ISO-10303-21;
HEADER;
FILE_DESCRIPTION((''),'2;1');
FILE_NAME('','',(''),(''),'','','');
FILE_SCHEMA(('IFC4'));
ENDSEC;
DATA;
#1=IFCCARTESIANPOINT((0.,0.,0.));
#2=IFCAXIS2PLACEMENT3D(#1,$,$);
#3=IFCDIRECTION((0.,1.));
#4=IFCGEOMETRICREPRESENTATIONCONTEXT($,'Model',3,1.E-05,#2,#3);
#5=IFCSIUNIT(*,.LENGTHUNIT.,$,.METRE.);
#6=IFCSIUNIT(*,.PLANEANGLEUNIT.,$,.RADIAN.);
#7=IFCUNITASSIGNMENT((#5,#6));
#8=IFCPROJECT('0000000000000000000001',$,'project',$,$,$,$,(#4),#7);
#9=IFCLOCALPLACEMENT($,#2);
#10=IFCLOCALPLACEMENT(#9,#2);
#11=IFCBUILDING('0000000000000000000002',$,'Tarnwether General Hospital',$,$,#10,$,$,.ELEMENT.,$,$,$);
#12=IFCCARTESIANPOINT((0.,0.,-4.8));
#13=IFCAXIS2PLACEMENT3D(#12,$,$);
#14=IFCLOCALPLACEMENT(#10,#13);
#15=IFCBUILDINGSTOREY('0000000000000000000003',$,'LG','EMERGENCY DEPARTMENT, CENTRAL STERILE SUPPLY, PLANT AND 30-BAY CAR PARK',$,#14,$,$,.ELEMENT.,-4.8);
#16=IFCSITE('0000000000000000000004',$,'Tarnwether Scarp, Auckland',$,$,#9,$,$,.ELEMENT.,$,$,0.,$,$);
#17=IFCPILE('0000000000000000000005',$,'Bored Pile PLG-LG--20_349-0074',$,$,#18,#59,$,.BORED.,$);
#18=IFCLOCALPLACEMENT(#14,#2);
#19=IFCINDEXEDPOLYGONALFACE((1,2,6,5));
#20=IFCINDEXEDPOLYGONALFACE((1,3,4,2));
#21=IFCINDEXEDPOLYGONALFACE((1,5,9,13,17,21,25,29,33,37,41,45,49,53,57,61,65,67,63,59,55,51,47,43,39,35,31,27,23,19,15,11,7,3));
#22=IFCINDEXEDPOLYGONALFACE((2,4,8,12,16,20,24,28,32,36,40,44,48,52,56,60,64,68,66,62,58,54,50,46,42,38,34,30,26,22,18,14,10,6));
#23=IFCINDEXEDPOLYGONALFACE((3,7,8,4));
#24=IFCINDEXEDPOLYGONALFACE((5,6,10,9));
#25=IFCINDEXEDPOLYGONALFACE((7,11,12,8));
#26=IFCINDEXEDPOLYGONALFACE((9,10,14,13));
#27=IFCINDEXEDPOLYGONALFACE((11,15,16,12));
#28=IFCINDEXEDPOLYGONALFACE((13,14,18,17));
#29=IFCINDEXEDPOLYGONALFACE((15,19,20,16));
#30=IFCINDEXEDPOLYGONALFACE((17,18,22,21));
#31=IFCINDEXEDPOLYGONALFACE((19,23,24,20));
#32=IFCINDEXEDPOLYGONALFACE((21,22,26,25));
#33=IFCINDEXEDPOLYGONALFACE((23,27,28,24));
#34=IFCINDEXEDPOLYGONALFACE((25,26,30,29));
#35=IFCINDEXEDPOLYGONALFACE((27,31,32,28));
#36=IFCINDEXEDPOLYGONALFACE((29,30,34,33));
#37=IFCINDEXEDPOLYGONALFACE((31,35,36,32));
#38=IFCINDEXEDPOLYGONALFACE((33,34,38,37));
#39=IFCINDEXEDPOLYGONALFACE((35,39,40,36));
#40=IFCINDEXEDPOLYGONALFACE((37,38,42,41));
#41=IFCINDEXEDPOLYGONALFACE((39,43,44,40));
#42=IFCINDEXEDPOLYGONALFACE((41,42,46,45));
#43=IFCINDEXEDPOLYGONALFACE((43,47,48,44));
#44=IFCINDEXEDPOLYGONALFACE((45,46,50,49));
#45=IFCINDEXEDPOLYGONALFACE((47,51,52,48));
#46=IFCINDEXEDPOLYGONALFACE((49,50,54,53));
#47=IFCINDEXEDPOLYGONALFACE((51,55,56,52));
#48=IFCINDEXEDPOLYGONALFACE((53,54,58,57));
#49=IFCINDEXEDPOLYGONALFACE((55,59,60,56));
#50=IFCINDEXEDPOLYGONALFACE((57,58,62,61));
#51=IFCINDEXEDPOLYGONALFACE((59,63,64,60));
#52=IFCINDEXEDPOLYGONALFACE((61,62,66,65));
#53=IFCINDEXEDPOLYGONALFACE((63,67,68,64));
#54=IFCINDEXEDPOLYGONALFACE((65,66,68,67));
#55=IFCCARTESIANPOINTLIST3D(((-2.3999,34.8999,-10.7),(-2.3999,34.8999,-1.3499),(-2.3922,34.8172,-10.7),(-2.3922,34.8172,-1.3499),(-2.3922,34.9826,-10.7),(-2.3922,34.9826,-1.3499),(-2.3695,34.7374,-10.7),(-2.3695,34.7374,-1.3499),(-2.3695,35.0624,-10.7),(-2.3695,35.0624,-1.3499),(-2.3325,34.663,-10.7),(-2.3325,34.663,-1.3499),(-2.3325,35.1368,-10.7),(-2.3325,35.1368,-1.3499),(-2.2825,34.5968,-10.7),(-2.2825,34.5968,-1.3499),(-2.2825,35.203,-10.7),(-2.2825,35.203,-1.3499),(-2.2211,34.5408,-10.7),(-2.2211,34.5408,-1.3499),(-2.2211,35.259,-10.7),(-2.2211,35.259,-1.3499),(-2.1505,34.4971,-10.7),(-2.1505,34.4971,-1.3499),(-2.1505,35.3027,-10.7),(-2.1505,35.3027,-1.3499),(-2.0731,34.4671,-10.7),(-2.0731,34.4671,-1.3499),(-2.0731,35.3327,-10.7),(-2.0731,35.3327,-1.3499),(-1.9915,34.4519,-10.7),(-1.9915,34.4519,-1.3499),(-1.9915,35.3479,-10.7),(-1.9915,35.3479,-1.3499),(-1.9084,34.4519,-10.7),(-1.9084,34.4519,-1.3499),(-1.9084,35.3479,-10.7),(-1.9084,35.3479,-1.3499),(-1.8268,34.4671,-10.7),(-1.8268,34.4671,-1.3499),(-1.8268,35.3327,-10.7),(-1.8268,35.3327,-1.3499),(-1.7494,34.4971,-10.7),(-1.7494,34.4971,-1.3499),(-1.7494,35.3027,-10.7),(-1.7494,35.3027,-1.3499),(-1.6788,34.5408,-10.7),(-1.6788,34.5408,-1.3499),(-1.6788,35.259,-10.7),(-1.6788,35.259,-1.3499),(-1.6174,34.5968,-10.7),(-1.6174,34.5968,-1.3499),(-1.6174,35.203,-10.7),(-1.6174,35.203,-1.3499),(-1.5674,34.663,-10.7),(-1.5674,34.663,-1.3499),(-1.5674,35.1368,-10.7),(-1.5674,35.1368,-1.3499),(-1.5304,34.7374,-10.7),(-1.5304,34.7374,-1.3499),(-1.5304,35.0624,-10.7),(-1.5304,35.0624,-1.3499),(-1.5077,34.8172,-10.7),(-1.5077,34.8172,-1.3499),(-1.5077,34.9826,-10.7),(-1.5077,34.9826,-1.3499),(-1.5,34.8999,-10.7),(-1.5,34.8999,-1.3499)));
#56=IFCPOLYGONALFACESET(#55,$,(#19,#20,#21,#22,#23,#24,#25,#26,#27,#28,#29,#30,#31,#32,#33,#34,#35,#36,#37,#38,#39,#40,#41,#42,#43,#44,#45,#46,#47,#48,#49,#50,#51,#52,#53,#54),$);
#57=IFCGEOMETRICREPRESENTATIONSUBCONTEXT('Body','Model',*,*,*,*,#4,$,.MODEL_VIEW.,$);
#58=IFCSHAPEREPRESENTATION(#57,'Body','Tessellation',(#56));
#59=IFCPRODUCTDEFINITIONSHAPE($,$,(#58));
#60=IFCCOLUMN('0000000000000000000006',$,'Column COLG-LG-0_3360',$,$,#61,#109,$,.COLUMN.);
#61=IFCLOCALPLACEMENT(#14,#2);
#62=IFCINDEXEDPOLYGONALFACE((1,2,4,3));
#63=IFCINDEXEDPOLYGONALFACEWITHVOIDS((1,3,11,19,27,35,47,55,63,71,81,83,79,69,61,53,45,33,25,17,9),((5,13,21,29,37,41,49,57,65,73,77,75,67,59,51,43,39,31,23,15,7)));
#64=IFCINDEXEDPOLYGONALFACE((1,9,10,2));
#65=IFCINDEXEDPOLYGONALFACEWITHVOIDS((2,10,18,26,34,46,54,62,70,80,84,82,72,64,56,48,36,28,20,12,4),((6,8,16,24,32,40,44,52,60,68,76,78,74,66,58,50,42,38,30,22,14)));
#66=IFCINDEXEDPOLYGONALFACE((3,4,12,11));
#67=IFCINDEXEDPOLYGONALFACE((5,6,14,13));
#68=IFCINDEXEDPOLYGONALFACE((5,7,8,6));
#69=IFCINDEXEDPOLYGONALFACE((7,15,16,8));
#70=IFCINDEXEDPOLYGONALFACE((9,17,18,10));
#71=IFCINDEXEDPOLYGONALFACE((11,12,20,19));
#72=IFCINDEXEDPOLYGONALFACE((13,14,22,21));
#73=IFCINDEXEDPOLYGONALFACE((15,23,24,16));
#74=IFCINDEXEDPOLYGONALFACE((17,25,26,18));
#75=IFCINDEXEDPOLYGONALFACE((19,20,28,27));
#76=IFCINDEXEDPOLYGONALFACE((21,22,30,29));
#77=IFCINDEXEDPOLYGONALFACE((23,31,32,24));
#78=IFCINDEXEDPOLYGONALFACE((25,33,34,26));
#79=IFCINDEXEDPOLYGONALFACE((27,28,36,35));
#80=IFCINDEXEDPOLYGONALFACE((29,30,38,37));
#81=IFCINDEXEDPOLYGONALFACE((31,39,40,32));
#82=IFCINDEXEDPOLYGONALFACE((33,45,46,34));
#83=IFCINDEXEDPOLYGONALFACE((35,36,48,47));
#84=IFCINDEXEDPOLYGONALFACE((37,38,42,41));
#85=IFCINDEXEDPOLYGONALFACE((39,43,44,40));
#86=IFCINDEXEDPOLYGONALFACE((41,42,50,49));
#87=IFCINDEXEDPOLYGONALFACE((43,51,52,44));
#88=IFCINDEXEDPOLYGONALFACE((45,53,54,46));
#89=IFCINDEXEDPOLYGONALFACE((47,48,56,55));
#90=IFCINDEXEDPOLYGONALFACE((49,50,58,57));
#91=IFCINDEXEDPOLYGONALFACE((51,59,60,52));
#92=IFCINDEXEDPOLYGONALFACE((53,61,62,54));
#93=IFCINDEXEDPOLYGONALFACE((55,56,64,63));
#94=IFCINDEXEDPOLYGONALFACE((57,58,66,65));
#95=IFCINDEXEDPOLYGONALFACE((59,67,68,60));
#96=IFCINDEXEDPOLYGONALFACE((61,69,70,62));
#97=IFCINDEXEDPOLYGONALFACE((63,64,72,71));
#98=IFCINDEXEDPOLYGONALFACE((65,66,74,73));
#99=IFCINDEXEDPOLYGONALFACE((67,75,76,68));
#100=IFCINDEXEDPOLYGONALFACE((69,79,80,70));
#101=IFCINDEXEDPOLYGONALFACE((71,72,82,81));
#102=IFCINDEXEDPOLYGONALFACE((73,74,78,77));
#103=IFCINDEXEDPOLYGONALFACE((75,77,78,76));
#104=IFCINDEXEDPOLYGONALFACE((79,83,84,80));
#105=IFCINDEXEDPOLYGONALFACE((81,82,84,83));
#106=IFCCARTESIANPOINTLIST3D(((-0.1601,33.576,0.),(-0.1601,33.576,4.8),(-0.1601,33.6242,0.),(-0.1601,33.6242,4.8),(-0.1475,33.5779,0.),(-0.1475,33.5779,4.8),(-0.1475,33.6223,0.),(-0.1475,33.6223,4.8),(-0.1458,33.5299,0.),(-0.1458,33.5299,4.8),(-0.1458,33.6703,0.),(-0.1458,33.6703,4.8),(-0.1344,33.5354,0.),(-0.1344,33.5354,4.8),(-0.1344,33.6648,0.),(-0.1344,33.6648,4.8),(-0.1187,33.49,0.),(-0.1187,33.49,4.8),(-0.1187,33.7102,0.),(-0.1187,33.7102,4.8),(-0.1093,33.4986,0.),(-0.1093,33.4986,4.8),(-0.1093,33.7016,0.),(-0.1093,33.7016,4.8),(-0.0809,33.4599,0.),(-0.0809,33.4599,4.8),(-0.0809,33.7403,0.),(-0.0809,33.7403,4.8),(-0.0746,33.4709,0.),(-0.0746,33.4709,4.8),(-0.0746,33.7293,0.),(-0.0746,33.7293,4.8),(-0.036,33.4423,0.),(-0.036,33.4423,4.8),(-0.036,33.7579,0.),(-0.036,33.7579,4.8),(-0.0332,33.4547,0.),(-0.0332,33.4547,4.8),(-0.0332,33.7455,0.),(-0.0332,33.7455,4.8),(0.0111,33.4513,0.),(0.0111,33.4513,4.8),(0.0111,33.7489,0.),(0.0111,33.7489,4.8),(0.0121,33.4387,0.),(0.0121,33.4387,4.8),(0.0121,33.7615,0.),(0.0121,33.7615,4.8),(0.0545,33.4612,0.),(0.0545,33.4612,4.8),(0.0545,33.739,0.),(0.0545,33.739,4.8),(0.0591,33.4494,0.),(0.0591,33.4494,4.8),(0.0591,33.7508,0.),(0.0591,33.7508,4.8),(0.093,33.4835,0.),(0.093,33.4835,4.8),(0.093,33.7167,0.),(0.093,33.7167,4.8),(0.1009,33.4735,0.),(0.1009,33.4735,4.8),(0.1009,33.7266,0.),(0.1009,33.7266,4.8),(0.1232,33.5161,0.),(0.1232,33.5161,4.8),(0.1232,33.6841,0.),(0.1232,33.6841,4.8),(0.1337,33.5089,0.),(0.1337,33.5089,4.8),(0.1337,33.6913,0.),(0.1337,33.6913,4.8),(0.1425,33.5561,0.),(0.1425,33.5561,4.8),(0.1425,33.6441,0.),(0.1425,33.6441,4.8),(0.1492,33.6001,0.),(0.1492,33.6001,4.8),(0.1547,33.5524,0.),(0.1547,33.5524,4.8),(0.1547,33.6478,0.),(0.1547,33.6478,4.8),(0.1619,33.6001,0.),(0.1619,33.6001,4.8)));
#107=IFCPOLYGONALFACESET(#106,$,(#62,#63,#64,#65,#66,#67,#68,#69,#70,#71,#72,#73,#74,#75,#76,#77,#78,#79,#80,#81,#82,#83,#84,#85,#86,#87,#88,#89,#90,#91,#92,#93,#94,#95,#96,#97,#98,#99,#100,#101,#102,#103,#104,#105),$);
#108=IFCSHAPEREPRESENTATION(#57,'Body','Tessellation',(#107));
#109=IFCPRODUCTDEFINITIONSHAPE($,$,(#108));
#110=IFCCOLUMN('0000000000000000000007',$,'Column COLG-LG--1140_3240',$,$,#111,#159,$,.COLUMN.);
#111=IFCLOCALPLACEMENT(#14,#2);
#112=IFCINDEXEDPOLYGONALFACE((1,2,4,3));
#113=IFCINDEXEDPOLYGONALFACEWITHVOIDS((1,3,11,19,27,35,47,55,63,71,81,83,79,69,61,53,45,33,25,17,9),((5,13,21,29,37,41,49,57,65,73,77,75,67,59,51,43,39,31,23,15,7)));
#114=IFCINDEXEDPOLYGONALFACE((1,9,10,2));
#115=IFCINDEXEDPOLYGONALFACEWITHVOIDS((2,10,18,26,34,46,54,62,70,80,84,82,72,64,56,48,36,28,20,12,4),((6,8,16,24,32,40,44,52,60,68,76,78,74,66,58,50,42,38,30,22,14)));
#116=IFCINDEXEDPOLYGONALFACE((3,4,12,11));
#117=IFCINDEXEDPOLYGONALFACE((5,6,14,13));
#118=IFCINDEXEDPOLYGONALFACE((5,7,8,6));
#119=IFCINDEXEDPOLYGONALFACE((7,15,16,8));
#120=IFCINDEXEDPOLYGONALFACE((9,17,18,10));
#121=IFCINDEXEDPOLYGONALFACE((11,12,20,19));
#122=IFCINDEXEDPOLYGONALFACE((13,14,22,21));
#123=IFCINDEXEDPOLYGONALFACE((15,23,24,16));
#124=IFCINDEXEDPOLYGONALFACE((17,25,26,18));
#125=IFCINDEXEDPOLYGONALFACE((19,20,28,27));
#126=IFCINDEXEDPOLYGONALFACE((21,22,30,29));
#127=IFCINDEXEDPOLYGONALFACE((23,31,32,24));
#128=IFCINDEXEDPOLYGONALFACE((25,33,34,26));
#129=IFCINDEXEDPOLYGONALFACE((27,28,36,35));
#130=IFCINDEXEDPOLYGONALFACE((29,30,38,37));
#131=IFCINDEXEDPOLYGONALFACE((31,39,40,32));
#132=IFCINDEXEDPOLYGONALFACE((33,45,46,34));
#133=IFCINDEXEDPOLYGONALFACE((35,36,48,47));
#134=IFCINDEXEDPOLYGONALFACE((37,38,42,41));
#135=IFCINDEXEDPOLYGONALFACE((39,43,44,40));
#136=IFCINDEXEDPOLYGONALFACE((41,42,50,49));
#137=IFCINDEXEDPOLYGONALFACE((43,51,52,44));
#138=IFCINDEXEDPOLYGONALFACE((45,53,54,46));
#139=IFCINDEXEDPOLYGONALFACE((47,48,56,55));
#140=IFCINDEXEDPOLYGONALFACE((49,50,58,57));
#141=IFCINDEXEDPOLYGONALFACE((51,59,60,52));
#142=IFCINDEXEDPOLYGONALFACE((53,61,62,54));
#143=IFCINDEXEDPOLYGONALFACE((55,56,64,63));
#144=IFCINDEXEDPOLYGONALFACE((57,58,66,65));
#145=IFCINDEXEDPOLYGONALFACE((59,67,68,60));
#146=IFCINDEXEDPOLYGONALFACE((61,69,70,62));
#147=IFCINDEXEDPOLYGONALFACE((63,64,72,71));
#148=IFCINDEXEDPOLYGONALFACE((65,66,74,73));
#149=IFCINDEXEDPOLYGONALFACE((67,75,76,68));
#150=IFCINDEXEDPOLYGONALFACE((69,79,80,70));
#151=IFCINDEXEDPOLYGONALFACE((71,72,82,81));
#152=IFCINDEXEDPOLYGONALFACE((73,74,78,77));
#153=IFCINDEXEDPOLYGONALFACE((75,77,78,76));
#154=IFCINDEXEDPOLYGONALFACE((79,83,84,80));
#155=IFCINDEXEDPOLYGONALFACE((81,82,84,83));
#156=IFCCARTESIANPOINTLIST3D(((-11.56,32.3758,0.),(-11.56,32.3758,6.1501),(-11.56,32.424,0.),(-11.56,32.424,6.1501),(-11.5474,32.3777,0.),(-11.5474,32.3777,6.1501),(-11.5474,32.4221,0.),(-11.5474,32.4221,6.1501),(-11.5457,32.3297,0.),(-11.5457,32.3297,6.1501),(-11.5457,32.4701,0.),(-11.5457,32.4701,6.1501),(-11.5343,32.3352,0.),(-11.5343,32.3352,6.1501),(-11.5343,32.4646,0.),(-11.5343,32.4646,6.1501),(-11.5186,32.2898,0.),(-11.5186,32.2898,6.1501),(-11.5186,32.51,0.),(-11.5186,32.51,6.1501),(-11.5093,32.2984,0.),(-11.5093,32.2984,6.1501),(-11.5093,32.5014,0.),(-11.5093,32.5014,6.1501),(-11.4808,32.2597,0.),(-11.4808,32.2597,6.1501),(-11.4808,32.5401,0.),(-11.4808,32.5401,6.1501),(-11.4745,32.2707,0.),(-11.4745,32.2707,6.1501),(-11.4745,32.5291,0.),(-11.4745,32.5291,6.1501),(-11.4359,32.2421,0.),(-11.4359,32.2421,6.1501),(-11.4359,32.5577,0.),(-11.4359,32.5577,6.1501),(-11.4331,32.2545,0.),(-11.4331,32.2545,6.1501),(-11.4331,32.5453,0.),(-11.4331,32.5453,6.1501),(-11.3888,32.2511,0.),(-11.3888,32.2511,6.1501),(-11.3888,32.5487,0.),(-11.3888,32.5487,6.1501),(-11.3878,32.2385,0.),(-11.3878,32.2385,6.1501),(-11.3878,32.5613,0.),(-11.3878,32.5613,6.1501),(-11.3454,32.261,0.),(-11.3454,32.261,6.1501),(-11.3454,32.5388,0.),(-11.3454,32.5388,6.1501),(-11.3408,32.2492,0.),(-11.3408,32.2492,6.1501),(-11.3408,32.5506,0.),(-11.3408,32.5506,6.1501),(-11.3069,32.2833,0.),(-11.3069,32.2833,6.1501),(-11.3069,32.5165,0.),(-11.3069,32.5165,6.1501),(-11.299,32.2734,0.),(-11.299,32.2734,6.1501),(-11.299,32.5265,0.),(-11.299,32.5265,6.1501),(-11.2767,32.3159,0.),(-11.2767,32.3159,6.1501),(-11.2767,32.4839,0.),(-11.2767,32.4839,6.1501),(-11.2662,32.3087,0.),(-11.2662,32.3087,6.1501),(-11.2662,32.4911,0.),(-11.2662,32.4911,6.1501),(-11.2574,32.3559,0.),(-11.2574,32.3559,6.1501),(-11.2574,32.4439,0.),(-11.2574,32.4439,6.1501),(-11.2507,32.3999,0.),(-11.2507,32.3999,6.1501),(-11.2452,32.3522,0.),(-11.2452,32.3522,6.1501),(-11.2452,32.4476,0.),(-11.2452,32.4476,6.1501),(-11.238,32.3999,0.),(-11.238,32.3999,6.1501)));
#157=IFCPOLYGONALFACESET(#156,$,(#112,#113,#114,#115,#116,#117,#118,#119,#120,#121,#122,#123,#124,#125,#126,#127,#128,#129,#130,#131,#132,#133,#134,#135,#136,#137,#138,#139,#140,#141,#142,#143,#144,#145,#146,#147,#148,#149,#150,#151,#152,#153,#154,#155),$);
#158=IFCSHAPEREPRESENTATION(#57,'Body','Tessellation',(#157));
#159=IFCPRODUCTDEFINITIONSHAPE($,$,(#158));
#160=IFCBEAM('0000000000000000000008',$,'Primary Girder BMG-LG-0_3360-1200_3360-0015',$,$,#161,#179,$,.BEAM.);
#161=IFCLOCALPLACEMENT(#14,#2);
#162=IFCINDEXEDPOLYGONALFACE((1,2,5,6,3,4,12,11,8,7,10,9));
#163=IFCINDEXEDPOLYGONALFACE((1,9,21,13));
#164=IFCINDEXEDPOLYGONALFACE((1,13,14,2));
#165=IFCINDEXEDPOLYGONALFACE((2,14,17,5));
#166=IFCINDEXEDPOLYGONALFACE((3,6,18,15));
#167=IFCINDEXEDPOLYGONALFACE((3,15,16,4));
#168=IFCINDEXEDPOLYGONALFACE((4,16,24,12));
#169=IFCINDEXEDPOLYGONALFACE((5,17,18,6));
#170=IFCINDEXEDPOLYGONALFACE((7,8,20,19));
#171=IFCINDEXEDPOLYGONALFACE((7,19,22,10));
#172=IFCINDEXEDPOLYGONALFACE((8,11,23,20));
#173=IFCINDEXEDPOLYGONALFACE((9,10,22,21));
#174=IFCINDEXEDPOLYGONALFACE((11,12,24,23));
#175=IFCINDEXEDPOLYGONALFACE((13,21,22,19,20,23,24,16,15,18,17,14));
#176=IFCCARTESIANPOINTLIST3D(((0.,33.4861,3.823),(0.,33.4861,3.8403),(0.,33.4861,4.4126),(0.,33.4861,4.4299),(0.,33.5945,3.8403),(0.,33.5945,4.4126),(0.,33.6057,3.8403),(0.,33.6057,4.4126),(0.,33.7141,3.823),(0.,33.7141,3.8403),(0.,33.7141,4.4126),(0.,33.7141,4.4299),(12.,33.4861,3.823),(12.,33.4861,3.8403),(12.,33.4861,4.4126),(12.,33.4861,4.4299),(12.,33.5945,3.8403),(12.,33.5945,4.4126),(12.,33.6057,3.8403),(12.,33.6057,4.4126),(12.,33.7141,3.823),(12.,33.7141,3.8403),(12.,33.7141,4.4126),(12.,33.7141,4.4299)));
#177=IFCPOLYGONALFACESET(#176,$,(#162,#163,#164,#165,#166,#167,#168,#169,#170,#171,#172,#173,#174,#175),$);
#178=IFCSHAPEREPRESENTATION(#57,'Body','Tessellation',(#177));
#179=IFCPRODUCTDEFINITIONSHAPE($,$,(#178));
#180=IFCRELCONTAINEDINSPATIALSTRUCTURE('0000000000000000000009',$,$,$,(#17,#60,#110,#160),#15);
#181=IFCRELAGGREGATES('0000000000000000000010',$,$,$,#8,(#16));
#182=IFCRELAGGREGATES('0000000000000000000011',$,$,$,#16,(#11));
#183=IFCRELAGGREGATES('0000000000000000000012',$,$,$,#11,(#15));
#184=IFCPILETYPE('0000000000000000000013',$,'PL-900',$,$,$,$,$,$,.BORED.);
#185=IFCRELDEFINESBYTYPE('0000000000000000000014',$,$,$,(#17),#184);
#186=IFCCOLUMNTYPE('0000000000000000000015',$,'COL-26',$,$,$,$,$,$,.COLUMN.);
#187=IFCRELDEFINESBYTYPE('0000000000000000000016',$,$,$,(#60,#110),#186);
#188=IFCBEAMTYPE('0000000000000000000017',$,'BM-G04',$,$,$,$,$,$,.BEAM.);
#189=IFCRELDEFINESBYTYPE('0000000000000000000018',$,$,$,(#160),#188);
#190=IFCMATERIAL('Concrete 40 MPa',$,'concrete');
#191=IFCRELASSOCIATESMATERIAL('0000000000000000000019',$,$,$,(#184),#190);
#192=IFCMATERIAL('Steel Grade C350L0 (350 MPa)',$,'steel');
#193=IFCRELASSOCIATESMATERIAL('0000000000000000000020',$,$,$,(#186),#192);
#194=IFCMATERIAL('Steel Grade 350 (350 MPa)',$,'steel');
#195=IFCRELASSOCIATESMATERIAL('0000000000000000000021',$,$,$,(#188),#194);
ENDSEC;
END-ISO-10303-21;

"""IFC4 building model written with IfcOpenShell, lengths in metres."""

from ifc_helpers import new_model, si_unit, direction, frame, origin, origin_2d, place, context, subcontext, project, spatial, circle, hollow_circle, i_section, extrude, material, material_profile, profile_set, type_object, element, save


model = new_model("IFC4")

# Units and contexts
model_context = context("Model", 3, precision=1e-05, world=origin(), true_north=direction((0.0, 1.0)))
body_context = subcontext(model_context, "Body", "Model", "MODEL_VIEW")
ifc_project = project(units=[si_unit("LENGTHUNIT", "METRE"), si_unit("PLANEANGLEUNIT", "RADIAN")], contexts=[model_context])

# Site, building, storey
site_placement = place(None, origin())
site = spatial("IfcSite", under=ifc_project, at=site_placement, Name="Tarnwether Scarp, Auckland", CompositionType="ELEMENT", RefElevation=0.0)
building_placement = place(site_placement, origin())
building = spatial("IfcBuilding", under=site, at=building_placement, Name="Tarnwether General Hospital", CompositionType="ELEMENT")
storey_placement = place(building_placement, frame((0.0, 0.0, -4.8)))
storey = spatial("IfcBuildingStorey", under=building, at=storey_placement, Name="LG", Description="EMERGENCY DEPARTMENT, CENTRAL STERILE SUPPLY, PLANT AND 30-BAY CAR PARK", CompositionType="ELEMENT", Elevation=-4.8)

# Pile
ifc_material_1 = material(Name="Concrete 40 MPa", Category="concrete")
ifc_material_profile_1 = material_profile(ifc_material_1, circle(Radius=0.45, at=origin_2d()), Name="PILE-D900")
ifc_profile_set_1 = profile_set([ifc_material_profile_1], Name="Concrete 40 MPa")
pile_type_1 = type_object("IfcPileType", Name="PL-900", PredefinedType="BORED", material=ifc_profile_set_1)
for number, where, z_axis, x_axis, name in (
    (1, (-1.95, 34.8999, -1.3499), (0.0, 0.0, -1.0), (1.0, 0.0, 0.0), "Bored Pile PLG-LG--20_349-0074"),
):
    element("IfcPile", number, at=place(storey_placement, frame(where, z_axis=z_axis, x_axis=x_axis)), inside=storey, type_object=pile_type_1, Name=name, PredefinedType="BORED", context=body_context, shape_type="SweptSolid", body=[
        extrude(circle(Radius=0.45, at=origin_2d()), origin(), (0.0, 0.0, 1.0), 9.3501),
    ])

# Columns
ifc_material_2 = material(Name="Steel Grade C350L0 (350 MPa)", Category="steel")
ifc_material_profile_2 = material_profile(ifc_material_2, hollow_circle(Radius=0.1619, WallThickness=0.0127, at=origin_2d()), Name="CHS323.9x12.7")
ifc_profile_set_2 = profile_set([ifc_material_profile_2], Name="Steel Grade C350L0 (350 MPa)")
column_type = type_object("IfcColumnType", Name="COL-26", PredefinedType="COLUMN", material=ifc_profile_set_2)
column_1_placement = place(storey_placement, frame((0.0, 33.6001, 0.0), z_axis=(0.0, 0.0, 1.0), x_axis=(1.0, 0.0, 0.0)))
element("IfcColumn", 2, at=column_1_placement, inside=storey, type_object=column_type, Name="Column COLG-LG-0_3360", PredefinedType="COLUMN", context=body_context, shape_type="SweptSolid", body=[
    extrude(hollow_circle(Radius=0.1619, WallThickness=0.0127, at=origin_2d()), origin(), (0.0, 0.0, 1.0), 4.8),
])
column_2_placement = place(storey_placement, frame((-11.3999, 32.3999, 0.0), z_axis=(0.0, 0.0, 1.0), x_axis=(1.0, 0.0, 0.0)))
element("IfcColumn", 3, at=column_2_placement, inside=storey, type_object=column_type, Name="Column COLG-LG--1140_3240", PredefinedType="COLUMN", context=body_context, shape_type="SweptSolid", body=[
    extrude(hollow_circle(Radius=0.1619, WallThickness=0.0127, at=origin_2d()), origin(), (0.0, 0.0, 1.0), 6.1501),
])

# Beam
ifc_material_3 = material(Name="Steel Grade 350 (350 MPa)", Category="steel")
ifc_material_profile_3 = material_profile(ifc_material_3, i_section(OverallWidth=0.228, OverallDepth=0.6069, WebThickness=0.0112, FlangeThickness=0.0173, at=origin_2d()), Name="610UB113")
ifc_profile_set_3 = profile_set([ifc_material_profile_3], Name="Steel Grade 350 (350 MPa)")
beam_type_1 = type_object("IfcBeamType", Name="BM-G04", PredefinedType="BEAM", material=ifc_profile_set_3)
beam_1_placement = place(storey_placement, frame((0.0, 33.6001, 4.1265), z_axis=(1.0, 0.0, 0.0), x_axis=(0.0, 1.0, 0.0)))
element("IfcBeam", 4, at=beam_1_placement, inside=storey, type_object=beam_type_1, Name="Primary Girder BMG-LG-0_3360-1200_3360-0015", PredefinedType="BEAM", context=body_context, shape_type="SweptSolid", body=[
    extrude(i_section(OverallWidth=0.228, OverallDepth=0.6069, WebThickness=0.0112, FlangeThickness=0.0173, at=origin_2d()), origin(), (0.0, 0.0, 1.0), 12.0),
])

save(model, "model.ifc")
